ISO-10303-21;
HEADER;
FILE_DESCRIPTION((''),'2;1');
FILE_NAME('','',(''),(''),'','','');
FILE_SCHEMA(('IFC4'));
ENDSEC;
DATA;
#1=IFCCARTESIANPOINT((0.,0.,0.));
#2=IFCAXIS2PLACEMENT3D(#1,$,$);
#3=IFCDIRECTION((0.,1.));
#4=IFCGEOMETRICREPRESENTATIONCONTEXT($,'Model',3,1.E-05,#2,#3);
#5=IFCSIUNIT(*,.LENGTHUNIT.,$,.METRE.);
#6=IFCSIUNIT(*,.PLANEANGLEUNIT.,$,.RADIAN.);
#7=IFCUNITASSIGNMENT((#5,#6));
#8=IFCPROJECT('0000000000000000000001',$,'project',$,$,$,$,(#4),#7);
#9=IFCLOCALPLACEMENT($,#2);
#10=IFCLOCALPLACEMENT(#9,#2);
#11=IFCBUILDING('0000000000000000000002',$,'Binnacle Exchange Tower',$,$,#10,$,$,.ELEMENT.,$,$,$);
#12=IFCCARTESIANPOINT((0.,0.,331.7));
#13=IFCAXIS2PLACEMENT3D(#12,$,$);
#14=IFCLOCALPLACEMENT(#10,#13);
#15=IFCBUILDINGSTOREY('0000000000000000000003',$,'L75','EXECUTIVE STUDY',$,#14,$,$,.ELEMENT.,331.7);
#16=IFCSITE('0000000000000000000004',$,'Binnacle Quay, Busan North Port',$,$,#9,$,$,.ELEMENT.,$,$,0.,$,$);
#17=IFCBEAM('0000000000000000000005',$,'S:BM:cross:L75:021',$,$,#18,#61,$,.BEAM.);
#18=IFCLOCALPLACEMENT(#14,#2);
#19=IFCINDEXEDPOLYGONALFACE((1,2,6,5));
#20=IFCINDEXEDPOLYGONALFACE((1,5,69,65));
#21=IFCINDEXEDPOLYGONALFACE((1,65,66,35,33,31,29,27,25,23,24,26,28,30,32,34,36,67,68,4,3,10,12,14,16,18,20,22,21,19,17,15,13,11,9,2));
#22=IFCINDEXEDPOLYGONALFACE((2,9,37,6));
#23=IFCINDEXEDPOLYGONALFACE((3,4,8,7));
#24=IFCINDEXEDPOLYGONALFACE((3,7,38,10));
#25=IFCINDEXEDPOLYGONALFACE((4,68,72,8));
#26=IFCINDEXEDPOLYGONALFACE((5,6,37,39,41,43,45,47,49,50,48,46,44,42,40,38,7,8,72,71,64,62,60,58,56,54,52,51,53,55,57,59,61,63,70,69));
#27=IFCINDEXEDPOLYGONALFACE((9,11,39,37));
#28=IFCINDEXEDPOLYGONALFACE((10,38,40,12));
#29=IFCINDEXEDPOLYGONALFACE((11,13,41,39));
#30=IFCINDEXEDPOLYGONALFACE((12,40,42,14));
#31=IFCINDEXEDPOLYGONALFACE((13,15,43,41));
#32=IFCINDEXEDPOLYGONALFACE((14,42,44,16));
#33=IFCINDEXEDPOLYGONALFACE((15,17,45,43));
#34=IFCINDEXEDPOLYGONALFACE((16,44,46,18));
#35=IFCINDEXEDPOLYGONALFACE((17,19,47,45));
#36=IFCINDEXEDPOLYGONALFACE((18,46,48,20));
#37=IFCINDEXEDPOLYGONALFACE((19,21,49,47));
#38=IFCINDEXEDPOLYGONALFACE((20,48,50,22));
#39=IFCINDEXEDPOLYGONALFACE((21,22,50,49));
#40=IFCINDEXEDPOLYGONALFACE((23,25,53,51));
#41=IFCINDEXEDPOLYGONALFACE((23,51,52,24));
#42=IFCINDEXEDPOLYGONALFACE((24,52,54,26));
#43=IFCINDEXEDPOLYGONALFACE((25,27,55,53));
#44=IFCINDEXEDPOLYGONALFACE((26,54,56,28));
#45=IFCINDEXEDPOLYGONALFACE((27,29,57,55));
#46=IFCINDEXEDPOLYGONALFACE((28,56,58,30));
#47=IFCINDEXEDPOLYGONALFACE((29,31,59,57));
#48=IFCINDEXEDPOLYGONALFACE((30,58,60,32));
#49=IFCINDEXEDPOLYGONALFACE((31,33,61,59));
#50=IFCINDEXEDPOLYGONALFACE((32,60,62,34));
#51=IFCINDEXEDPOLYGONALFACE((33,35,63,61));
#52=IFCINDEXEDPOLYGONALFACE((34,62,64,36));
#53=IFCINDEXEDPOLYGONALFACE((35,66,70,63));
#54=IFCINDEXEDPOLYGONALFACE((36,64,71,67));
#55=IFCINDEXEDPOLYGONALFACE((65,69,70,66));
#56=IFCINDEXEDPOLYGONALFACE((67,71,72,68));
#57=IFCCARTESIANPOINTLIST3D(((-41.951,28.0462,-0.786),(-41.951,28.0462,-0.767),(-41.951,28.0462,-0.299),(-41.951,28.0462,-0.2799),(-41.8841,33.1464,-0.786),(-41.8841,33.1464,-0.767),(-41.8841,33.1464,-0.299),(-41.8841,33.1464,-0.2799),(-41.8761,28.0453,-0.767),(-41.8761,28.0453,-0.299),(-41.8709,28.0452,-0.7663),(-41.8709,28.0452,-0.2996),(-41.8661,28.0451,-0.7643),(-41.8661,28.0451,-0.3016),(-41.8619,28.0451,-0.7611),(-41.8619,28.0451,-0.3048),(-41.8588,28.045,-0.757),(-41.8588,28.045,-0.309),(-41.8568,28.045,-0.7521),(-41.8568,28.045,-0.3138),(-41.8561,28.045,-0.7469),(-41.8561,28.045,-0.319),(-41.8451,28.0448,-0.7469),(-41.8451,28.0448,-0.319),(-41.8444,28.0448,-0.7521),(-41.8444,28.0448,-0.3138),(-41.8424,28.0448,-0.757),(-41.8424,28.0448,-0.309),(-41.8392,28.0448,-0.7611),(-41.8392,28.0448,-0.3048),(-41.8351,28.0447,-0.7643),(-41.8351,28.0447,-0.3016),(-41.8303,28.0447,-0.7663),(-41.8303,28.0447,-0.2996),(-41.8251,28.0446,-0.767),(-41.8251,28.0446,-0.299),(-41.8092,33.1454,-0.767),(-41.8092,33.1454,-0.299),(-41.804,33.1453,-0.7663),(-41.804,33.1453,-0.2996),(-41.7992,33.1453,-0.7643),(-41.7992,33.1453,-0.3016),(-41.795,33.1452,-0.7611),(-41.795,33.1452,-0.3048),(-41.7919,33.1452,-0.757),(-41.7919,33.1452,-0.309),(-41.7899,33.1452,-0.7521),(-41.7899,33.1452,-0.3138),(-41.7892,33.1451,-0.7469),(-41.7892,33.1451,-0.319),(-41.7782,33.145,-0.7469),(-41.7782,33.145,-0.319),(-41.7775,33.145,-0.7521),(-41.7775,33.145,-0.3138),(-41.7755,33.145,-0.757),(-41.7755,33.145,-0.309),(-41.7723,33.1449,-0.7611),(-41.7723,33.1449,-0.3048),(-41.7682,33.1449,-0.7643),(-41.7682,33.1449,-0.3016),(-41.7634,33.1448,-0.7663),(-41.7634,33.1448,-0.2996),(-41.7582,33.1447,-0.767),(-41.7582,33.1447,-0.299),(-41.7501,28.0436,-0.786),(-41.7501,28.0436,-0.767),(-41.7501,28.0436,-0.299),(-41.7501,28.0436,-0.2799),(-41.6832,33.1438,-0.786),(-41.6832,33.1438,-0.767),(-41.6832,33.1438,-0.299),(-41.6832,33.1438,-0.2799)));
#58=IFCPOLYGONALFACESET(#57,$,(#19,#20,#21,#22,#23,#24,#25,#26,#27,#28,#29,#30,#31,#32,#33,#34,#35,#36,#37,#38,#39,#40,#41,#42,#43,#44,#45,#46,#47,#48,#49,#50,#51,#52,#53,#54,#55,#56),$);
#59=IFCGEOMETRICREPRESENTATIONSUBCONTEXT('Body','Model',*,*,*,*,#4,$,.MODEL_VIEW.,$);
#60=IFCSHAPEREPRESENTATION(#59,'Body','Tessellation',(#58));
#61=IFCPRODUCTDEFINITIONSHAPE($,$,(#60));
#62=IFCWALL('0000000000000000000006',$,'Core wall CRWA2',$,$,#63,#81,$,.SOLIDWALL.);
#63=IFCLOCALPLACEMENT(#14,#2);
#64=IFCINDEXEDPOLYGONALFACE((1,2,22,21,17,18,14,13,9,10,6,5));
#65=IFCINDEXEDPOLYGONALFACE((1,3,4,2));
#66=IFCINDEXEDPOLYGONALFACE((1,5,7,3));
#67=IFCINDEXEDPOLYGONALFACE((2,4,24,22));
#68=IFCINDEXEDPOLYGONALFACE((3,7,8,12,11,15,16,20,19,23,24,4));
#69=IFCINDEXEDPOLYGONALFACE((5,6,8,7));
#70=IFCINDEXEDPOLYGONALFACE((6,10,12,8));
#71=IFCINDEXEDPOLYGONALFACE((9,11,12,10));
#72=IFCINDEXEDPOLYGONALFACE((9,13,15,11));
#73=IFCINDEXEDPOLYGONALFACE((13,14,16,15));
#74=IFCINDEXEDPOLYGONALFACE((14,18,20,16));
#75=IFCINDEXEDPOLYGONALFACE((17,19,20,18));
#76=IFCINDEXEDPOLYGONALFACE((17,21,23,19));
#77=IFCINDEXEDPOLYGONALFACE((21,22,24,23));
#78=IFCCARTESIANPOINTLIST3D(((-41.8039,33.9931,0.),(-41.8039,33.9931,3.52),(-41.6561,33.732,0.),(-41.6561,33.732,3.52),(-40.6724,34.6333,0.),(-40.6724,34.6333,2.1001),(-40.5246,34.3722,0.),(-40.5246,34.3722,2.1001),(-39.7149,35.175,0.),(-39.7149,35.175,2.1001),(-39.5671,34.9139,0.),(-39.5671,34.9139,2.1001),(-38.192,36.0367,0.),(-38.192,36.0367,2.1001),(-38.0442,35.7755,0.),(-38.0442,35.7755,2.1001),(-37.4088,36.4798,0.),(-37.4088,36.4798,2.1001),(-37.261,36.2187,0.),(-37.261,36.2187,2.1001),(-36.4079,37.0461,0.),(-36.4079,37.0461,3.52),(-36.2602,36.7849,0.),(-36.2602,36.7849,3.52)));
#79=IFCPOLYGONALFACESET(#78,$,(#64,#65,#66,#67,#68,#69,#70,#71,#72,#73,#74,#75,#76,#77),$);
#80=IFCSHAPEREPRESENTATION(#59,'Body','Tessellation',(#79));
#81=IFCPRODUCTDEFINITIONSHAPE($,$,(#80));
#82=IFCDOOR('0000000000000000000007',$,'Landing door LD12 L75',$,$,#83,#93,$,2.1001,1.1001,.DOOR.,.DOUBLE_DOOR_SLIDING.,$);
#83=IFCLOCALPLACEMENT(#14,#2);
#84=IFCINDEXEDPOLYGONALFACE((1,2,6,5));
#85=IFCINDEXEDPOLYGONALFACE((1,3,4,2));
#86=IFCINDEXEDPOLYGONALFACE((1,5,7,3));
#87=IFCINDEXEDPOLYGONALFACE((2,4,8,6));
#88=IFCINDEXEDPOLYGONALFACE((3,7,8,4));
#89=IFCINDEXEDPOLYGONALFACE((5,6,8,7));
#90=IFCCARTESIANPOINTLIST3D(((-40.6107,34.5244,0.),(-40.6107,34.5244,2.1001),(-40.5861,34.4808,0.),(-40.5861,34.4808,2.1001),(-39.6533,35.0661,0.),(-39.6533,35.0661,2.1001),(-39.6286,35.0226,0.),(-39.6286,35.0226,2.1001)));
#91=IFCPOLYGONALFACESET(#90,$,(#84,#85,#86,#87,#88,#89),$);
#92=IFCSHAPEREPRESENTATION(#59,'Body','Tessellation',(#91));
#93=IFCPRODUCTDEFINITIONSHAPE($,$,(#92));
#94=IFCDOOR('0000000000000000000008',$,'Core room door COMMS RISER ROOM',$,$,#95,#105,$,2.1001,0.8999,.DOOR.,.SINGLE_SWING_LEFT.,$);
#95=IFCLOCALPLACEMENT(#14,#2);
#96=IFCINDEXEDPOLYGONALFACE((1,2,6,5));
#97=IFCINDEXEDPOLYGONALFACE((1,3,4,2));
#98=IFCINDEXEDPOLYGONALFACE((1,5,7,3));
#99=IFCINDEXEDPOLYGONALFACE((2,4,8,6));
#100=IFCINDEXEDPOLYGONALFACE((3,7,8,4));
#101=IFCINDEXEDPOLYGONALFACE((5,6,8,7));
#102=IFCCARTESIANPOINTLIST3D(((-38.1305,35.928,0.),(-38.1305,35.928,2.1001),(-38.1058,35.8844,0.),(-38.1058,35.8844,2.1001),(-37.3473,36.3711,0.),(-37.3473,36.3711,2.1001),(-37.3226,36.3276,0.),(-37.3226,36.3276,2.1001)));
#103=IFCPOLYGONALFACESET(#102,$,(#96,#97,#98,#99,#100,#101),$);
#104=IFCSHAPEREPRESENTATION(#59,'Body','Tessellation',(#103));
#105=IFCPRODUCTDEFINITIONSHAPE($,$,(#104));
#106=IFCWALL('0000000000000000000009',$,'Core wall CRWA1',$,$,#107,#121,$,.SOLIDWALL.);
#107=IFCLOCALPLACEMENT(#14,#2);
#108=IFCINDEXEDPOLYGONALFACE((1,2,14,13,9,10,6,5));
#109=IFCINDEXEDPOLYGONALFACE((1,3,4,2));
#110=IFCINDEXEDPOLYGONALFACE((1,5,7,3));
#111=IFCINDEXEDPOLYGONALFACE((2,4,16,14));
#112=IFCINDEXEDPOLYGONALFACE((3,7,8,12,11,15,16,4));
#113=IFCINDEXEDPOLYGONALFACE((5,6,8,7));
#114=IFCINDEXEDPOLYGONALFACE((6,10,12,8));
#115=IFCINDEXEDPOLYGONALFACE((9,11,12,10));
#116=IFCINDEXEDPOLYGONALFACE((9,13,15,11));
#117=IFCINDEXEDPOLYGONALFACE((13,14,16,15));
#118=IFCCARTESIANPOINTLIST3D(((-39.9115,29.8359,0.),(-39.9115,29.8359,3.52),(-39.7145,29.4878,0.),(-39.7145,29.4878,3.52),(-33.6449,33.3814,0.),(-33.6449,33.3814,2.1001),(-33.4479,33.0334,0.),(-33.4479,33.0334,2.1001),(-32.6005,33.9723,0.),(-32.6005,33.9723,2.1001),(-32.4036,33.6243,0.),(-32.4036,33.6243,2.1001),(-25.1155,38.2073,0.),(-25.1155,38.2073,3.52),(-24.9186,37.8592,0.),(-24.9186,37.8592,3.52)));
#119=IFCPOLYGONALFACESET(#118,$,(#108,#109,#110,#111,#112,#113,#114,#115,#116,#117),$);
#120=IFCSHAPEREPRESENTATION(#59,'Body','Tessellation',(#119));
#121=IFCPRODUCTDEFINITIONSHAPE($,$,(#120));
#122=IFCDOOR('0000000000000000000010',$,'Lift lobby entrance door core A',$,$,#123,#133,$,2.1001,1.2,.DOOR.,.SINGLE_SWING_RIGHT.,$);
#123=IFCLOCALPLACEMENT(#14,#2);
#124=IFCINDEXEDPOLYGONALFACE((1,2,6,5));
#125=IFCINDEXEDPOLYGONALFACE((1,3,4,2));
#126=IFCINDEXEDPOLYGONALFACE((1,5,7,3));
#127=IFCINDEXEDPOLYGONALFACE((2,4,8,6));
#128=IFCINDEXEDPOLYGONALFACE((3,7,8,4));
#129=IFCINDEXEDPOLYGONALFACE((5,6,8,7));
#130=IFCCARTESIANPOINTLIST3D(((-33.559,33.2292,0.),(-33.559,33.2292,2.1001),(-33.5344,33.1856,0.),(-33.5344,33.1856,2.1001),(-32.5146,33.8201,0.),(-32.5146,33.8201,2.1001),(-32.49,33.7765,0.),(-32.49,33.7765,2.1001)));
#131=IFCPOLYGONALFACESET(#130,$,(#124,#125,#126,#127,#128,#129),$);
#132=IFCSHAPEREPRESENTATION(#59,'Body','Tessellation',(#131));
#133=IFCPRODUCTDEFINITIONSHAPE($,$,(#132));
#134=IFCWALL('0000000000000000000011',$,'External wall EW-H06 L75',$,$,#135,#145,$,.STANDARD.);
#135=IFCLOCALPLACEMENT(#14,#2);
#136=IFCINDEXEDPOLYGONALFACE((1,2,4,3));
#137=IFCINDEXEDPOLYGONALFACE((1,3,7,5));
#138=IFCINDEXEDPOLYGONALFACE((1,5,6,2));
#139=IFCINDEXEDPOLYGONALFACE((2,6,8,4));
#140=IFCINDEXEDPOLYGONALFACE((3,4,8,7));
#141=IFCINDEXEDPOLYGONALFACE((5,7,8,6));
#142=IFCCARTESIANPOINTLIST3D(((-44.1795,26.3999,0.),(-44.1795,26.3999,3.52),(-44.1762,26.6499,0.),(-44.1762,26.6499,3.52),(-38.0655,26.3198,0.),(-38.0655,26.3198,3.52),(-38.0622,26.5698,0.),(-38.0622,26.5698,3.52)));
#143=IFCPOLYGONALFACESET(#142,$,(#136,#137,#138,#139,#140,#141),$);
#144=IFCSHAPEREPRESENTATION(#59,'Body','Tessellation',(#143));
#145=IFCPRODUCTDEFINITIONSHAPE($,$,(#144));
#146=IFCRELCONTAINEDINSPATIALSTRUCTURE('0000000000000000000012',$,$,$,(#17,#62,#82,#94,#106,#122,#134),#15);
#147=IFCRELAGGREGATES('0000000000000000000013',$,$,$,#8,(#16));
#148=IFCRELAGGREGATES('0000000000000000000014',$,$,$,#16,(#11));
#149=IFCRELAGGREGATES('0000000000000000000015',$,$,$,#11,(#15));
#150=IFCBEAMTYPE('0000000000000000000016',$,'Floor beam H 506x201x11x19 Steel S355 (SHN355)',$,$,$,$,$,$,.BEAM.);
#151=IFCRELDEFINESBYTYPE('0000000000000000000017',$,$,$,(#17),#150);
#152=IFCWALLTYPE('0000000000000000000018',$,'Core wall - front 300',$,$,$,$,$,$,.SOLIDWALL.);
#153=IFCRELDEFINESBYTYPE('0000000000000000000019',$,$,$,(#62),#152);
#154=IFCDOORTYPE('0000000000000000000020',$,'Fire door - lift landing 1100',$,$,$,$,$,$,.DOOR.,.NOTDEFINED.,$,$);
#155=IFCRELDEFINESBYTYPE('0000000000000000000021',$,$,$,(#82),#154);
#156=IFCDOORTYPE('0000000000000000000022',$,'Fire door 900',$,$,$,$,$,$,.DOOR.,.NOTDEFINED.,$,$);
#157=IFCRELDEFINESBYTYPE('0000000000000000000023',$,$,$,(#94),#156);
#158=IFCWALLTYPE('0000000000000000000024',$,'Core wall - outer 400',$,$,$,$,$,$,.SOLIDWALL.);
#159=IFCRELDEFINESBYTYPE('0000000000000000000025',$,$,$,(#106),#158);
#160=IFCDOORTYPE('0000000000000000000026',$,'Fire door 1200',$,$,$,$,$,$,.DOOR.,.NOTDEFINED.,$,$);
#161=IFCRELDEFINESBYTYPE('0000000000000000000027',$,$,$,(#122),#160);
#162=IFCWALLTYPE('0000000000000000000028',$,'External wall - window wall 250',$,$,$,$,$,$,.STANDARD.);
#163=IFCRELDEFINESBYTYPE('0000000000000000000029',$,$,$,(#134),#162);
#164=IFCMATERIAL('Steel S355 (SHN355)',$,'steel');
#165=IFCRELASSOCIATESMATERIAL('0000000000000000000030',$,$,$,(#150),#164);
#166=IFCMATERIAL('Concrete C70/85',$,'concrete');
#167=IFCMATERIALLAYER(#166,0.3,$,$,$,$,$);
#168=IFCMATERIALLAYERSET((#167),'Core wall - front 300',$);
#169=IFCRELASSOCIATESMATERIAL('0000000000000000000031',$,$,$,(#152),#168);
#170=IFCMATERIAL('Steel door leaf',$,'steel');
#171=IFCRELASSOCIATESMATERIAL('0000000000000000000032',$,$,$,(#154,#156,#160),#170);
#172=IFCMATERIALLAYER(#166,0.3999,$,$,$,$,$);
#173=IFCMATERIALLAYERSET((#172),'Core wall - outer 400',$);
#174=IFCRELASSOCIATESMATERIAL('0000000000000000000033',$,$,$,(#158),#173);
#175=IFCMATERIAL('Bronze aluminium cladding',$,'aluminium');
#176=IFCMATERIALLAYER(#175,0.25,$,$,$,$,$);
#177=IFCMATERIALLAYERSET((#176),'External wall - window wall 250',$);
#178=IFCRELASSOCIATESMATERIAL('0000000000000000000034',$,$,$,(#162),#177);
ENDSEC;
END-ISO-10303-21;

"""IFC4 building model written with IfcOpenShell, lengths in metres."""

from ifc_helpers import new_model, si_unit, direction, frame, frame_2d, origin, origin_2d, place, context, subcontext, project, spatial, rectangle, i_section, extrude, material, layer, layer_set, material_profile, profile_set, type_object, element, fill, save


model = new_model("IFC4")

# Units and contexts
model_context = context("Model", 3, precision=1e-05, world=origin(), true_north=direction((0.0, 1.0)))
body_context = subcontext(model_context, "Body", "Model", "MODEL_VIEW")
ifc_project = project(units=[si_unit("LENGTHUNIT", "METRE"), si_unit("PLANEANGLEUNIT", "RADIAN")], contexts=[model_context])

# Site, building, storey
site_placement = place(None, origin())
site = spatial("IfcSite", under=ifc_project, at=site_placement, Name="Binnacle Quay, Busan North Port", CompositionType="ELEMENT", RefElevation=0.0)
building_placement = place(site_placement, origin())
building = spatial("IfcBuilding", under=site, at=building_placement, Name="Binnacle Exchange Tower", CompositionType="ELEMENT")
storey_placement = place(building_placement, frame((0.0, 0.0, 331.7)))
storey = spatial("IfcBuildingStorey", under=building, at=storey_placement, Name="L75", Description="EXECUTIVE STUDY", CompositionType="ELEMENT", Elevation=331.7)

# Beam
ifc_material_1 = material(Name="Steel S355 (SHN355)", Category="steel")
ifc_material_profile_1 = material_profile(ifc_material_1, i_section(OverallWidth=0.2009, OverallDepth=0.5061, WebThickness=0.011, FlangeThickness=0.019, FilletRadius=0.02, at=origin_2d()), Name="H 506x201x11x19")
ifc_profile_set_1 = profile_set([ifc_material_profile_1], Name="Steel S355 (SHN355)")
beam_type_1 = type_object("IfcBeamType", Name="Floor beam H 506x201x11x19 Steel S355 (SHN355)", PredefinedType="BEAM", material=ifc_profile_set_1)
beam_1_placement = place(storey_placement, frame((-41.8506, 28.0449, -0.533), z_axis=(0.013115, 0.999914, 0.0), x_axis=(-0.999914, 0.013115, 0.0)))
element("IfcBeam", 1, at=beam_1_placement, inside=storey, type_object=beam_type_1, Name="S:BM:cross:L75:021", PredefinedType="BEAM", context=body_context, shape_type="SweptSolid", body=[
    extrude(i_section(OverallWidth=0.2009, OverallDepth=0.5061, WebThickness=0.011, FlangeThickness=0.019, FilletRadius=0.02, at=origin_2d()), origin(), (0.0, 0.0, 1.0), 5.1006),
])

# Wall, openings, doors
ifc_material_2 = material(Name="Concrete C70/85", Category="concrete")
ifc_layer_1 = layer(ifc_material_2, 0.3)
ifc_layer_set_1 = layer_set([ifc_layer_1], Name="Core wall - front 300")
wall_type_1 = type_object("IfcWallType", Name="Core wall - front 300", PredefinedType="SOLIDWALL", material=ifc_layer_set_1)
wall_1_placement = place(storey_placement, frame((-41.73, 33.8625, 0.0), z_axis=(0.0, 0.0, 1.0), x_axis=(0.870351, 0.492432, 0.0)))
wall_1 = element("IfcWall", 2, at=wall_1_placement, inside=storey, type_object=wall_type_1, Name="Core wall CRWA2", PredefinedType="SOLIDWALL", context=body_context, shape_type="SweptSolid", body=[
    extrude(rectangle(XDim=6.1997, YDim=0.3, at=frame_2d((3.0999, 0.0))), origin(), (0.0, 0.0, 1.0), 3.52),
])
opening_1_placement = place(wall_1_placement, frame((1.3, 0.0, 0.0)))
opening_1 = element("IfcOpeningElement", 3, at=opening_1_placement, cuts=wall_1, PredefinedType="OPENING", context=body_context, shape_type="SweptSolid", body=[
    extrude(rectangle(XDim=1.1001, YDim=2.1001, at=frame_2d((0.55, 1.05))), frame((0.0, 0.1599, 0.0), z_axis=(0.0, -1.0, 0.0), x_axis=(1.0, 0.0, 0.0)), (0.0, 0.0, 1.0), 0.3201),
])
opening_2_placement = place(wall_1_placement, frame((4.1499, 0.0, 0.0)))
opening_2 = element("IfcOpeningElement", 4, at=opening_2_placement, cuts=wall_1, PredefinedType="OPENING", context=body_context, shape_type="SweptSolid", body=[
    extrude(rectangle(XDim=0.8999, YDim=2.1001, at=frame_2d((0.45, 1.05))), frame((0.0, 0.1599, 0.0), z_axis=(0.0, -1.0, 0.0), x_axis=(1.0, 0.0, 0.0)), (0.0, 0.0, 1.0), 0.3201),
])
ifc_material_3 = material(Name="Steel door leaf", Category="steel")
door_type_1 = type_object("IfcDoorType", Name="Fire door - lift landing 1100", OperationType="NOTDEFINED", PredefinedType="DOOR", material=ifc_material_3)
door_1_placement = place(opening_1_placement, origin())
door_1 = element("IfcDoor", 5, at=door_1_placement, inside=storey, type_object=door_type_1, Name="Landing door LD12 L75", OperationType="DOUBLE_DOOR_SLIDING", OverallHeight=2.1001, OverallWidth=1.1001, PredefinedType="DOOR", context=body_context, shape_type="SweptSolid", body=[
    extrude(rectangle(XDim=1.1001, YDim=2.1001, at=frame_2d((0.55, 1.05))), frame((0.0, 0.0249, 0.0), z_axis=(0.0, -1.0, 0.0), x_axis=(1.0, 0.0, 0.0)), (0.0, 0.0, 1.0), 0.05),
])
fill(opening_1, door_1)
door_type_2 = type_object("IfcDoorType", Name="Fire door 900", OperationType="NOTDEFINED", PredefinedType="DOOR", material=ifc_material_3)
door_2_placement = place(opening_2_placement, frame((0.8999, 0.0, 0.0), z_axis=(0.0, 0.0, 1.0), x_axis=(-1.0, 0.0, 0.0)))
door_2 = element("IfcDoor", 6, at=door_2_placement, inside=storey, type_object=door_type_2, Name="Core room door COMMS RISER ROOM", OperationType="SINGLE_SWING_LEFT", OverallHeight=2.1001, OverallWidth=0.8999, PredefinedType="DOOR", context=body_context, shape_type="SweptSolid", body=[
    extrude(rectangle(XDim=0.8999, YDim=2.1001, at=frame_2d((0.45, 1.05))), frame((0.0, 0.0249, 0.0), z_axis=(0.0, -1.0, 0.0), x_axis=(1.0, 0.0, 0.0)), (0.0, 0.0, 1.0), 0.05),
])
fill(opening_2, door_2)

# Wall, opening, door
ifc_layer_2 = layer(ifc_material_2, 0.3999)
ifc_layer_set_2 = layer_set([ifc_layer_2], Name="Core wall - outer 400")
wall_type_2 = type_object("IfcWallType", Name="Core wall - outer 400", PredefinedType="SOLIDWALL", material=ifc_layer_set_2)
wall_2_placement = place(storey_placement, frame((-39.813, 29.6619, 0.0), z_axis=(0.0, 0.0, 1.0), x_axis=(0.87035, 0.492433, 0.0)))
wall_2 = element("IfcWall", 7, at=wall_2_placement, inside=storey, type_object=wall_type_2, Name="Core wall CRWA1", PredefinedType="SOLIDWALL", context=body_context, shape_type="SweptSolid", body=[
    extrude(rectangle(XDim=17.0, YDim=0.3999, at=frame_2d((8.5, 0.0))), origin(), (0.0, 0.0, 1.0), 3.52),
])
opening_3_placement = place(wall_2_placement, frame((7.2, 0.0, 0.0)))
opening_3 = element("IfcOpeningElement", 8, at=opening_3_placement, cuts=wall_2, PredefinedType="OPENING", context=body_context, shape_type="SweptSolid", body=[
    extrude(rectangle(XDim=1.2, YDim=2.1001, at=frame_2d((0.6001, 1.05))), frame((0.0, 0.21, 0.0), z_axis=(0.0, -1.0, 0.0), x_axis=(1.0, 0.0, 0.0)), (0.0, 0.0, 1.0), 0.4199),
])
door_type_3 = type_object("IfcDoorType", Name="Fire door 1200", OperationType="NOTDEFINED", PredefinedType="DOOR", material=ifc_material_3)
door_3_placement = place(opening_3_placement, frame((1.2, 0.0, 0.0), z_axis=(0.0, 0.0, 1.0), x_axis=(-1.0, 0.0, 0.0)))
door_3 = element("IfcDoor", 9, at=door_3_placement, inside=storey, type_object=door_type_3, Name="Lift lobby entrance door core A", OperationType="SINGLE_SWING_RIGHT", OverallHeight=2.1001, OverallWidth=1.2, PredefinedType="DOOR", context=body_context, shape_type="SweptSolid", body=[
    extrude(rectangle(XDim=1.2, YDim=2.1001, at=frame_2d((0.6001, 1.05))), frame((0.0, 0.0249, 0.0), z_axis=(0.0, -1.0, 0.0), x_axis=(1.0, 0.0, 0.0)), (0.0, 0.0, 1.0), 0.05),
])
fill(opening_3, door_3)

# Wall
ifc_material_4 = material(Name="Bronze aluminium cladding", Category="aluminium")
ifc_layer_3 = layer(ifc_material_4, 0.25)
ifc_layer_set_3 = layer_set([ifc_layer_3], Name="External wall - window wall 250")
wall_type_3 = type_object("IfcWallType", Name="External wall - window wall 250", PredefinedType="STANDARD", material=ifc_layer_set_3)
wall_3_placement = place(storey_placement, frame((-38.064, 26.4448, 0.0), z_axis=(0.0, 0.0, 1.0), x_axis=(-0.999914, 0.013096, 0.0)))
element("IfcWall", 10, at=wall_3_placement, inside=storey, type_object=wall_type_3, Name="External wall EW-H06 L75", PredefinedType="STANDARD", context=body_context, shape_type="SweptSolid", body=[
    extrude(rectangle(XDim=6.1145, YDim=0.25, at=frame_2d((3.0571, 0.0))), origin(), (0.0, 0.0, 1.0), 3.52),
])

save(model, "model.ifc")
